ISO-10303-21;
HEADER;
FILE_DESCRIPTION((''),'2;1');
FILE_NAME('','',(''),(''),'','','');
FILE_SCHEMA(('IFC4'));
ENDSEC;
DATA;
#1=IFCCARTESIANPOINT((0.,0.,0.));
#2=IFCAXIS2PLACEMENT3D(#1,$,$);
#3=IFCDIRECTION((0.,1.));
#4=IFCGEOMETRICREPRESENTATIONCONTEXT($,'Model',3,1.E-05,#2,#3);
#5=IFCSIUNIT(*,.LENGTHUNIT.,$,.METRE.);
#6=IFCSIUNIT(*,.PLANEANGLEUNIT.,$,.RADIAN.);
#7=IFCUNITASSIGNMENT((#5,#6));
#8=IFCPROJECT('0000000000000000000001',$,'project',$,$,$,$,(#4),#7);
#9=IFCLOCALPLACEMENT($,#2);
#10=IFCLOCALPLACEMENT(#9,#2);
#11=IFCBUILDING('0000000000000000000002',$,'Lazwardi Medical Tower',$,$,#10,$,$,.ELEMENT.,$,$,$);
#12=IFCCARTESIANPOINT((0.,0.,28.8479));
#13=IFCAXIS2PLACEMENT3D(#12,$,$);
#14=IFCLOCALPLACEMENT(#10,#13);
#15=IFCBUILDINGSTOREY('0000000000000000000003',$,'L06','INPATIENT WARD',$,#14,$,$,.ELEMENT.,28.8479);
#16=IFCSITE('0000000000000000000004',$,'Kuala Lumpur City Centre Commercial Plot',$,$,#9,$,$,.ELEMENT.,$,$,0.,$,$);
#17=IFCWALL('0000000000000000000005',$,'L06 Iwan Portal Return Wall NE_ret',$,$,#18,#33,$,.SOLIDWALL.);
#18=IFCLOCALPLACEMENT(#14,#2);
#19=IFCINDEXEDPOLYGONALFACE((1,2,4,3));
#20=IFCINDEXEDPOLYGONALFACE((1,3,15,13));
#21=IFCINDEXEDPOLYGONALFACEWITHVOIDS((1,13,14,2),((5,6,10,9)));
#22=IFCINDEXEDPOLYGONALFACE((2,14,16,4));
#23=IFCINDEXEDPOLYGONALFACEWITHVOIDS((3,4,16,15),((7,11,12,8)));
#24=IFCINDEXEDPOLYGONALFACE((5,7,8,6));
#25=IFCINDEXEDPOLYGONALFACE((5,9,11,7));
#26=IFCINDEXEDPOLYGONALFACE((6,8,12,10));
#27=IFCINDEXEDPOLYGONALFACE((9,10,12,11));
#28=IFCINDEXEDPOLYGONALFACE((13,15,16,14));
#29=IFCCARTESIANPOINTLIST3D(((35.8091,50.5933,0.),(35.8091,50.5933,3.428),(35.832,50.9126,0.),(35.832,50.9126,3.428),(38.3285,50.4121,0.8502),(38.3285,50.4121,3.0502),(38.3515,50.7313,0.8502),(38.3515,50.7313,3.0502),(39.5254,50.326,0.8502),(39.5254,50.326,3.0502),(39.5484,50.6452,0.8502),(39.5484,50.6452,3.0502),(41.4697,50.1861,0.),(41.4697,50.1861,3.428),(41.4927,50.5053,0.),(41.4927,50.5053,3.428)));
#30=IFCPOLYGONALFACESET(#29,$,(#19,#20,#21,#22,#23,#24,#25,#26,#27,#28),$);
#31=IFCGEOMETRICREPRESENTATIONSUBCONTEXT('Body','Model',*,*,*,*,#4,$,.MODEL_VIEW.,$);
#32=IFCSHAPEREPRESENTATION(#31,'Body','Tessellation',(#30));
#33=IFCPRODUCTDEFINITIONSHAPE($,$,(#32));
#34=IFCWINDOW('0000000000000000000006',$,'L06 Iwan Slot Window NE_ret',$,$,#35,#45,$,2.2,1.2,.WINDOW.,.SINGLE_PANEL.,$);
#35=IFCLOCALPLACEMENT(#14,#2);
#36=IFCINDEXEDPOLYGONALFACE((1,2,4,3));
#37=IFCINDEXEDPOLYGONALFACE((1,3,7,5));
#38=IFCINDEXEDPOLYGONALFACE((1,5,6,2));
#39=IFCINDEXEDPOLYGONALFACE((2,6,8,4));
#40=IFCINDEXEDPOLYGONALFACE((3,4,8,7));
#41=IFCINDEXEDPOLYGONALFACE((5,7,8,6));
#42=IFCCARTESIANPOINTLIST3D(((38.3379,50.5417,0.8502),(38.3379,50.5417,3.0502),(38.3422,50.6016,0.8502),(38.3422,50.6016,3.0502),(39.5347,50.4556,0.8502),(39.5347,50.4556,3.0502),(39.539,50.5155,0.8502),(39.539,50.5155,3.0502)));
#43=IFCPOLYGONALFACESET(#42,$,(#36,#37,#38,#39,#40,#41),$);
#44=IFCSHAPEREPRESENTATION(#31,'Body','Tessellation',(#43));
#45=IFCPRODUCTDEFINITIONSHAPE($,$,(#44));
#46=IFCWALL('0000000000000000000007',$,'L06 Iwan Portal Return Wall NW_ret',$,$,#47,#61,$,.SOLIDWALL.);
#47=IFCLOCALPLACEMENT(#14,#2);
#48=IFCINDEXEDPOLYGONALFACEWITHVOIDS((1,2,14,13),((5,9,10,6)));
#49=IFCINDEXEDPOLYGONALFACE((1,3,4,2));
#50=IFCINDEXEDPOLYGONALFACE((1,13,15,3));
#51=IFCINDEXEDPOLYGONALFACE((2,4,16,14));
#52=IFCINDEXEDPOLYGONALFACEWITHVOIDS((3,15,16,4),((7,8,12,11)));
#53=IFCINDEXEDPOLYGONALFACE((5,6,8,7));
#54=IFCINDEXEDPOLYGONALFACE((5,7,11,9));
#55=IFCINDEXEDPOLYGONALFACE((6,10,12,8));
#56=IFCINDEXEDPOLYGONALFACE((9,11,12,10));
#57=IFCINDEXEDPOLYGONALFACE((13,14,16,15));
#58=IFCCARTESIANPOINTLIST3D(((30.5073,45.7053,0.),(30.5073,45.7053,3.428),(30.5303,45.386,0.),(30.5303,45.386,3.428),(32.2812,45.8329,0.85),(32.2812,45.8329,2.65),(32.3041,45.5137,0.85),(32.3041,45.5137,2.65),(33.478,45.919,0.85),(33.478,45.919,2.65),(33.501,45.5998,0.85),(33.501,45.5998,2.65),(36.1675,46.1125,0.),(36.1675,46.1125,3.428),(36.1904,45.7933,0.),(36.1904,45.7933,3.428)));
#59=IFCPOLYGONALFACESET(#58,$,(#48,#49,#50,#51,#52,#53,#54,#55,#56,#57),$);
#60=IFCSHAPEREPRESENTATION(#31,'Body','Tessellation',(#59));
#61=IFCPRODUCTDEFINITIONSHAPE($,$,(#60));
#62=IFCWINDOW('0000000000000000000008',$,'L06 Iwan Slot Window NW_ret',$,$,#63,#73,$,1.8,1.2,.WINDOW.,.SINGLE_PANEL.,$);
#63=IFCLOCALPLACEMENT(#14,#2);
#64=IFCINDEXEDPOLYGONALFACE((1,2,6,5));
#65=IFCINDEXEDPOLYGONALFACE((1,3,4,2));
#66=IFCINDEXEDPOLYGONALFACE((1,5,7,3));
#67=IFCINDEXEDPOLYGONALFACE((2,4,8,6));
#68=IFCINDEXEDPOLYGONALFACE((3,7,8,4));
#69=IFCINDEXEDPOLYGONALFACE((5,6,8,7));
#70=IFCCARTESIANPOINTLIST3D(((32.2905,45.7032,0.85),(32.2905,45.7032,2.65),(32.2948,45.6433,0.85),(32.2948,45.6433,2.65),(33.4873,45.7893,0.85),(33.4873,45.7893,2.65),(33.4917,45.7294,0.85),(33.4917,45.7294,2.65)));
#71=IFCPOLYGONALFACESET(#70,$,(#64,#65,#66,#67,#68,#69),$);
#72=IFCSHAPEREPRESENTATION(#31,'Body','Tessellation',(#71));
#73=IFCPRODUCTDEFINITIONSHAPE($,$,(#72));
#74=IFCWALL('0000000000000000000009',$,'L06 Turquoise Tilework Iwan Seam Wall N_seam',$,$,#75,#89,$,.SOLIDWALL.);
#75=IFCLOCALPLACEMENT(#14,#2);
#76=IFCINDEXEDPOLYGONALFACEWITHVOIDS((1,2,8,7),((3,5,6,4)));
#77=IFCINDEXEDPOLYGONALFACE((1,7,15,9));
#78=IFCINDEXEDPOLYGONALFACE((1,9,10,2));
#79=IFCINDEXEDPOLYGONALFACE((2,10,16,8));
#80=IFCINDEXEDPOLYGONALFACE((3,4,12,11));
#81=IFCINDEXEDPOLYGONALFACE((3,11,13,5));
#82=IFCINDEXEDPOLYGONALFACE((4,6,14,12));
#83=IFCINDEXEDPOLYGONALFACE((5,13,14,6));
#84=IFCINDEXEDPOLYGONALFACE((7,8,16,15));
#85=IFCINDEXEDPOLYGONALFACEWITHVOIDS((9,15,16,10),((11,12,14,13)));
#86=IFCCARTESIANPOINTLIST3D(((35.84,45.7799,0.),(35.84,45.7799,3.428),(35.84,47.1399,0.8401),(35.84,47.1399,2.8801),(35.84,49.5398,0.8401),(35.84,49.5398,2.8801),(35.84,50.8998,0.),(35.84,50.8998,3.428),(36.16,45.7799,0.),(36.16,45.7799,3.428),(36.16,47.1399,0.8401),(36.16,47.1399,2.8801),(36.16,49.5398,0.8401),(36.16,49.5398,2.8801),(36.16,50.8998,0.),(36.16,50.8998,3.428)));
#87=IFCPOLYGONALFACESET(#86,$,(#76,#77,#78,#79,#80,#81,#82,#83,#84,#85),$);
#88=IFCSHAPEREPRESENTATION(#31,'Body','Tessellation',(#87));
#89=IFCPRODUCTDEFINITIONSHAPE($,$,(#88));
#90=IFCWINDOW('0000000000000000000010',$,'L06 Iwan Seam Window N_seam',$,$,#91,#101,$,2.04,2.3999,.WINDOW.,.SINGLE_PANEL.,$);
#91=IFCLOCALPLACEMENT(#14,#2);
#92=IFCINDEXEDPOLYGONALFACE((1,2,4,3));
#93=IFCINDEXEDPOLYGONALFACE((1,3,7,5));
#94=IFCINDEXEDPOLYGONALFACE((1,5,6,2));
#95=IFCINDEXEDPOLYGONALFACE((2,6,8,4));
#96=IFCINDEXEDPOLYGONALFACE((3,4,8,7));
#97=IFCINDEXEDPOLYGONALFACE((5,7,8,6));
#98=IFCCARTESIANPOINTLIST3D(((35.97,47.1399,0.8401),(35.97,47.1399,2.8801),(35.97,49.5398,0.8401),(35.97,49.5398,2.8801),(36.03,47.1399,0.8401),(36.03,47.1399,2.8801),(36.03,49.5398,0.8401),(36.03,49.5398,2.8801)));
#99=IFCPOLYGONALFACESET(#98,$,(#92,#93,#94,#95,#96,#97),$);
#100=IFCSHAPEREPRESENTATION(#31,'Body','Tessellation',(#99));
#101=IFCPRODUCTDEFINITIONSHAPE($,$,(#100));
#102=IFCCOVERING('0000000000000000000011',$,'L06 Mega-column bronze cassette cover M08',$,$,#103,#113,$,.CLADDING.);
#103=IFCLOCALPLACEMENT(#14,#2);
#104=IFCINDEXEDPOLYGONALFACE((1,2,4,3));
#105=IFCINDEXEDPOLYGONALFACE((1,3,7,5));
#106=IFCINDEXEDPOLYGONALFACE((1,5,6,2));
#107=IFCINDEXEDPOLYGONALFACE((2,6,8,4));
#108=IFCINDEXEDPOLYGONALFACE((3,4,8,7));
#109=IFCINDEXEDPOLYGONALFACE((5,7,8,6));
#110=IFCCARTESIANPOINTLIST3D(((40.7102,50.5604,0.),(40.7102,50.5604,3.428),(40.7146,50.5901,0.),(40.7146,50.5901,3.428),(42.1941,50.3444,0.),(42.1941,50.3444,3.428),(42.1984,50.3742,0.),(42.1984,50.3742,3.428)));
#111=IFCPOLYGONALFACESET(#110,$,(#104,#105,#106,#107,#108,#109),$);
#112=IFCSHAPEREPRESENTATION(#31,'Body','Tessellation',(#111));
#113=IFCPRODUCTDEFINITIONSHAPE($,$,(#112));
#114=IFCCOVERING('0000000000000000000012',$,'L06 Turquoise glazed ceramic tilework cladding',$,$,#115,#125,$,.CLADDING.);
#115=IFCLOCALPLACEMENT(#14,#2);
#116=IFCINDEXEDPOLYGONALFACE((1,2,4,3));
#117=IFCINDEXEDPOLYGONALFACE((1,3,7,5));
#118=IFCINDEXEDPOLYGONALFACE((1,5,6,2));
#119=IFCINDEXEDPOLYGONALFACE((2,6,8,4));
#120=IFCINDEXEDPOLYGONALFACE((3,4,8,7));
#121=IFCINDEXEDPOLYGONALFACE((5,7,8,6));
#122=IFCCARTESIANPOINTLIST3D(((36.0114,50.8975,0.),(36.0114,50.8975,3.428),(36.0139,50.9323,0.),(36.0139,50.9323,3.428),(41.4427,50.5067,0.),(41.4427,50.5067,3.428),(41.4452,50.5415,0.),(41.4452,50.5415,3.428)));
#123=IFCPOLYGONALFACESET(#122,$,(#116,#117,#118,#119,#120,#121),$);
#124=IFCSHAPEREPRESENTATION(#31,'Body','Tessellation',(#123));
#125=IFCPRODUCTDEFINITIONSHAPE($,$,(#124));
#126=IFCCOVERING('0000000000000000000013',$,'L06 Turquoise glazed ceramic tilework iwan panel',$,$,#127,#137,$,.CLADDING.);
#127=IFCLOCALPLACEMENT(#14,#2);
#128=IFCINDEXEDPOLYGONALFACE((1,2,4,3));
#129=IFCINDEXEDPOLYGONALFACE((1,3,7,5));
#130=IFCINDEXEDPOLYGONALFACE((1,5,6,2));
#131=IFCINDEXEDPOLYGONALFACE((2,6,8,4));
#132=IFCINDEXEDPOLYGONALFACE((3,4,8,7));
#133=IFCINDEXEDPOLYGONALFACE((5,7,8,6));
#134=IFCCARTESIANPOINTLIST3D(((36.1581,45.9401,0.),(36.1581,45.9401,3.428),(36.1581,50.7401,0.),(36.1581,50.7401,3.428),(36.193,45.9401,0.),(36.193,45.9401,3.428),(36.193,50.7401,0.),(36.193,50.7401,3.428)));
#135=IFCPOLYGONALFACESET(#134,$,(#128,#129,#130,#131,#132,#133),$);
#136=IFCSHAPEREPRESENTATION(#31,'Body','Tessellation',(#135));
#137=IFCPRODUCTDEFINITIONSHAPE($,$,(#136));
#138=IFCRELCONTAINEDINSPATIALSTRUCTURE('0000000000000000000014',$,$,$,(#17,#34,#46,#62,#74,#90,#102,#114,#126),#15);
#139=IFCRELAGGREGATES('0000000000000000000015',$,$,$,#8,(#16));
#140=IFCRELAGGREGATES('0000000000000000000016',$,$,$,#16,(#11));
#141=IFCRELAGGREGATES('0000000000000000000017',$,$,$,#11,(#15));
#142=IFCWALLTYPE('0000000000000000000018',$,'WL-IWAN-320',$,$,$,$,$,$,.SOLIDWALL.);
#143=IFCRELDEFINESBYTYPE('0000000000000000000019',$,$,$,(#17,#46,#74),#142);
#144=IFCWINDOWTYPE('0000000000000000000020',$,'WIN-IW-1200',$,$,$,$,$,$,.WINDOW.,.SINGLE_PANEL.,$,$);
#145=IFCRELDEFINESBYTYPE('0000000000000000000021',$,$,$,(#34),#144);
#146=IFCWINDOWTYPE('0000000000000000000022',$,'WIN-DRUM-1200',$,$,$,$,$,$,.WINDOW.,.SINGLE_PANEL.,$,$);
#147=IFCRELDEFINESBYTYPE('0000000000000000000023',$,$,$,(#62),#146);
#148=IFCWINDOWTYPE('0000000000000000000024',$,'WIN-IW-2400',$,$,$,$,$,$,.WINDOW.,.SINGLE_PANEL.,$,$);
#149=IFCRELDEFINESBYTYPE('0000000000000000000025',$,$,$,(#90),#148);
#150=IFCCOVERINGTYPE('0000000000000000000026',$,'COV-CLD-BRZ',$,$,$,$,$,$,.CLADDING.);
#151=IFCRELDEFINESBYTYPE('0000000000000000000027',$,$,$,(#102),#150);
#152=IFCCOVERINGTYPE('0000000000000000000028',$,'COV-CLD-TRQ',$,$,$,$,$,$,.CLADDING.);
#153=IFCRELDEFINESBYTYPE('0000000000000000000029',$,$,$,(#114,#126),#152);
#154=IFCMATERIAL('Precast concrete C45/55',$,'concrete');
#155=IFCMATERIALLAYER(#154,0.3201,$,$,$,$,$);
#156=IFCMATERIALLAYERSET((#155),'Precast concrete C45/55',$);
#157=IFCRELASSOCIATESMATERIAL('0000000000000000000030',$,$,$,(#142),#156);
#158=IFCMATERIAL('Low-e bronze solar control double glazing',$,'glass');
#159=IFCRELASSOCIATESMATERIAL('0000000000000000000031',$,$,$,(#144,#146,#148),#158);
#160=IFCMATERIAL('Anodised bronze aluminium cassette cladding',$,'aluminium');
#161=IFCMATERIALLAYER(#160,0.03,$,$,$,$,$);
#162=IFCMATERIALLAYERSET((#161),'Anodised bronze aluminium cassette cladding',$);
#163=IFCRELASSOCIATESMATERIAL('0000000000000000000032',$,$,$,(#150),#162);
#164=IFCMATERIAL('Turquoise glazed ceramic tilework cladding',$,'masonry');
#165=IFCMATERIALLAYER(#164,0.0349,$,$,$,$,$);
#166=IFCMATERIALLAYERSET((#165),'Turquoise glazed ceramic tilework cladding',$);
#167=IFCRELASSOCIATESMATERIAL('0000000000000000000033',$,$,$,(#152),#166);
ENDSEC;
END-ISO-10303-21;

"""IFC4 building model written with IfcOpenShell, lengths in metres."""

from ifc_helpers import new_model, si_unit, direction, frame, frame_2d, origin, origin_2d, place, context, subcontext, project, spatial, rectangle, extrude, material, layer, layer_set, type_object, element, fill, save


model = new_model("IFC4")

# Units and contexts
model_context = context("Model", 3, precision=1e-05, world=origin(), true_north=direction((0.0, 1.0)))
body_context = subcontext(model_context, "Body", "Model", "MODEL_VIEW")
ifc_project = project(units=[si_unit("LENGTHUNIT", "METRE"), si_unit("PLANEANGLEUNIT", "RADIAN")], contexts=[model_context])

# Site, building, storey
site_placement = place(None, origin())
site = spatial("IfcSite", under=ifc_project, at=site_placement, Name="Kuala Lumpur City Centre Commercial Plot", CompositionType="ELEMENT", RefElevation=0.0)
building_placement = place(site_placement, origin())
building = spatial("IfcBuilding", under=site, at=building_placement, Name="Lazwardi Medical Tower", CompositionType="ELEMENT")
storey_placement = place(building_placement, frame((0.0, 0.0, 28.8479)))
storey = spatial("IfcBuildingStorey", under=building, at=storey_placement, Name="L06", Description="INPATIENT WARD", CompositionType="ELEMENT", Elevation=28.8479)

# Shared definitions
ifc_material_1 = material(Name="Low-e bronze solar control double glazing", Category="glass")

# Walls, openings, windows
ifc_material_2 = material(Name="Precast concrete C45/55", Category="concrete")
ifc_layer_1 = layer(ifc_material_2, 0.3201)
ifc_layer_set_1 = layer_set([ifc_layer_1], Name="Precast concrete C45/55")
wall_type_1 = type_object("IfcWallType", Name="WL-IWAN-320", PredefinedType="SOLIDWALL", material=ifc_layer_set_1)
wall_1_placement = place(storey_placement, frame((41.4812, 50.3457, 0.0), z_axis=(0.0, 0.0, 1.0), x_axis=(-0.997422, 0.071755, 0.0)))
wall_1 = element("IfcWall", 1, at=wall_1_placement, inside=storey, type_object=wall_type_1, Name="L06 Iwan Portal Return Wall NE_ret", PredefinedType="SOLIDWALL", context=body_context, shape_type="SweptSolid", body=[
    extrude(rectangle(XDim=5.6753, YDim=0.3201, at=frame_2d((2.8376, 0.0))), origin(), (0.0, 0.0, 1.0), 3.428),
])
opening_1_placement = place(wall_1_placement, frame((1.9492, 0.0, 0.8501)))
opening_1 = element("IfcOpeningElement", 2, at=opening_1_placement, cuts=wall_1, PredefinedType="OPENING", context=body_context, shape_type="SweptSolid", body=[
    extrude(rectangle(XDim=1.2, YDim=2.2, at=frame_2d((0.6001, 1.1001))), frame((0.0, 0.1699, 0.0), z_axis=(0.0, -1.0, 0.0), x_axis=(1.0, 0.0, 0.0)), (0.0, 0.0, 1.0), 0.3401),
])
window_type_1 = type_object("IfcWindowType", Name="WIN-IW-1200", PartitioningType="SINGLE_PANEL", PredefinedType="WINDOW", material=ifc_material_1)
window_1_placement = place(opening_1_placement, origin())
window_1 = element("IfcWindow", 3, at=window_1_placement, inside=storey, type_object=window_type_1, Name="L06 Iwan Slot Window NE_ret", OverallHeight=2.2, OverallWidth=1.2, PartitioningType="SINGLE_PANEL", PredefinedType="WINDOW", context=body_context, shape_type="SweptSolid", body=[
    extrude(rectangle(XDim=1.2, YDim=2.2, at=frame_2d((0.6001, 1.1001))), frame((0.0, 0.03, 0.0), z_axis=(0.0, -1.0, 0.0), x_axis=(1.0, 0.0, 0.0)), (0.0, 0.0, 1.0), 0.0601),
])
fill(opening_1, window_1)
wall_2_placement = place(storey_placement, frame((36.179, 45.9529, 0.0), z_axis=(0.0, 0.0, 1.0), x_axis=(-0.997422, -0.071761, 0.0)))
wall_2 = element("IfcWall", 4, at=wall_2_placement, inside=storey, type_object=wall_type_1, Name="L06 Iwan Portal Return Wall NW_ret", PredefinedType="SOLIDWALL", context=body_context, shape_type="SweptSolid", body=[
    extrude(rectangle(XDim=5.6748, YDim=0.3201, at=frame_2d((2.8374, 0.0))), origin(), (0.0, 0.0, 1.0), 3.428),
])
opening_2_placement = place(wall_2_placement, frame((2.6963, 0.0, 0.8501)))
opening_2 = element("IfcOpeningElement", 5, at=opening_2_placement, cuts=wall_2, PredefinedType="OPENING", context=body_context, shape_type="SweptSolid", body=[
    extrude(rectangle(XDim=1.2, YDim=1.8, at=frame_2d((0.6001, 0.8999))), frame((0.0, 0.1699, 0.0), z_axis=(0.0, -1.0, 0.0), x_axis=(1.0, 0.0, 0.0)), (0.0, 0.0, 1.0), 0.3401),
])
window_type_2 = type_object("IfcWindowType", Name="WIN-DRUM-1200", PartitioningType="SINGLE_PANEL", PredefinedType="WINDOW", material=ifc_material_1)
window_2_placement = place(opening_2_placement, origin())
window_2 = element("IfcWindow", 6, at=window_2_placement, inside=storey, type_object=window_type_2, Name="L06 Iwan Slot Window NW_ret", OverallHeight=1.8, OverallWidth=1.2, PartitioningType="SINGLE_PANEL", PredefinedType="WINDOW", context=body_context, shape_type="SweptSolid", body=[
    extrude(rectangle(XDim=1.2, YDim=1.8, at=frame_2d((0.6001, 0.8999))), frame((0.0, 0.03, 0.0), z_axis=(0.0, -1.0, 0.0), x_axis=(1.0, 0.0, 0.0)), (0.0, 0.0, 1.0), 0.0601),
])
fill(opening_2, window_2)
wall_3_placement = place(storey_placement, frame((36.0, 50.8999, 0.0), z_axis=(0.0, 0.0, 1.0), x_axis=(0.0, -1.0, 0.0)))
wall_3 = element("IfcWall", 7, at=wall_3_placement, inside=storey, type_object=wall_type_1, Name="L06 Turquoise Tilework Iwan Seam Wall N_seam", PredefinedType="SOLIDWALL", context=body_context, shape_type="SweptSolid", body=[
    extrude(rectangle(XDim=5.1199, YDim=0.3201, at=frame_2d((2.5601, 0.0))), origin(), (0.0, 0.0, 1.0), 3.428),
])
opening_3_placement = place(wall_3_placement, frame((1.3601, 0.0, 0.8401)))
opening_3 = element("IfcOpeningElement", 8, at=opening_3_placement, cuts=wall_3, PredefinedType="OPENING", context=body_context, shape_type="SweptSolid", body=[
    extrude(rectangle(XDim=2.3999, YDim=2.04, at=frame_2d((1.2, 1.02))), frame((0.0, 0.1699, 0.0), z_axis=(0.0, -1.0, 0.0), x_axis=(1.0, 0.0, 0.0)), (0.0, 0.0, 1.0), 0.3401),
])
window_type_3 = type_object("IfcWindowType", Name="WIN-IW-2400", PartitioningType="SINGLE_PANEL", PredefinedType="WINDOW", material=ifc_material_1)
window_3_placement = place(opening_3_placement, origin())
window_3 = element("IfcWindow", 9, at=window_3_placement, inside=storey, type_object=window_type_3, Name="L06 Iwan Seam Window N_seam", OverallHeight=2.04, OverallWidth=2.3999, PartitioningType="SINGLE_PANEL", PredefinedType="WINDOW", context=body_context, shape_type="SweptSolid", body=[
    extrude(rectangle(XDim=2.3999, YDim=2.04, at=frame_2d((1.2, 1.02))), frame((0.0, 0.03, 0.0), z_axis=(0.0, -1.0, 0.0), x_axis=(1.0, 0.0, 0.0)), (0.0, 0.0, 1.0), 0.0601),
])
fill(opening_3, window_3)

# Coverings
ifc_material_3 = material(Name="Anodised bronze aluminium cassette cladding", Category="aluminium")
ifc_layer_2 = layer(ifc_material_3, 0.03)
ifc_layer_set_2 = layer_set([ifc_layer_2], Name="Anodised bronze aluminium cassette cladding")
covering_type_1 = type_object("IfcCoveringType", Name="COV-CLD-BRZ", PredefinedType="CLADDING", material=ifc_layer_set_2)
covering_1_placement = place(storey_placement, frame((41.4543, 50.4673, 0.0), z_axis=(0.0, 0.0, 1.0), x_axis=(-0.989573, 0.144035, 0.0)))
element("IfcCovering", 10, at=covering_1_placement, inside=storey, type_object=covering_type_1, Name="L06 Mega-column bronze cassette cover M08", PredefinedType="CLADDING", context=body_context, shape_type="SweptSolid", body=[
    extrude(rectangle(XDim=1.4995, YDim=0.03, at=origin_2d()), origin(), (0.0, 0.0, 1.0), 3.428),
])
ifc_material_4 = material(Name="Turquoise glazed ceramic tilework cladding", Category="masonry")
ifc_layer_3 = layer(ifc_material_4, 0.0349)
ifc_layer_set_3 = layer_set([ifc_layer_3], Name="Turquoise glazed ceramic tilework cladding")
covering_type_2 = type_object("IfcCoveringType", Name="COV-CLD-TRQ", PredefinedType="CLADDING", material=ifc_layer_set_3)
covering_2_placement = place(storey_placement, frame((38.7283, 50.7195, 0.0), z_axis=(0.0, 0.0, 1.0), x_axis=(-0.997421, 0.071767, 0.0)))
element("IfcCovering", 11, at=covering_2_placement, inside=storey, type_object=covering_type_2, Name="L06 Turquoise glazed ceramic tilework cladding", PredefinedType="CLADDING", context=body_context, shape_type="SweptSolid", body=[
    extrude(rectangle(XDim=5.4453, YDim=0.0349, at=origin_2d()), origin(), (0.0, 0.0, 1.0), 3.428),
])
covering_3_placement = place(storey_placement, frame((36.1755, 48.3401, 0.0), z_axis=(0.0, 0.0, 1.0), x_axis=(0.0, -1.0, 0.0)))
element("IfcCovering", 12, at=covering_3_placement, inside=storey, type_object=covering_type_2, Name="L06 Turquoise glazed ceramic tilework iwan panel", PredefinedType="CLADDING", context=body_context, shape_type="SweptSolid", body=[
    extrude(rectangle(XDim=4.8, YDim=0.0349, at=origin_2d()), origin(), (0.0, 0.0, 1.0), 3.428),
])

save(model, "model.ifc")
